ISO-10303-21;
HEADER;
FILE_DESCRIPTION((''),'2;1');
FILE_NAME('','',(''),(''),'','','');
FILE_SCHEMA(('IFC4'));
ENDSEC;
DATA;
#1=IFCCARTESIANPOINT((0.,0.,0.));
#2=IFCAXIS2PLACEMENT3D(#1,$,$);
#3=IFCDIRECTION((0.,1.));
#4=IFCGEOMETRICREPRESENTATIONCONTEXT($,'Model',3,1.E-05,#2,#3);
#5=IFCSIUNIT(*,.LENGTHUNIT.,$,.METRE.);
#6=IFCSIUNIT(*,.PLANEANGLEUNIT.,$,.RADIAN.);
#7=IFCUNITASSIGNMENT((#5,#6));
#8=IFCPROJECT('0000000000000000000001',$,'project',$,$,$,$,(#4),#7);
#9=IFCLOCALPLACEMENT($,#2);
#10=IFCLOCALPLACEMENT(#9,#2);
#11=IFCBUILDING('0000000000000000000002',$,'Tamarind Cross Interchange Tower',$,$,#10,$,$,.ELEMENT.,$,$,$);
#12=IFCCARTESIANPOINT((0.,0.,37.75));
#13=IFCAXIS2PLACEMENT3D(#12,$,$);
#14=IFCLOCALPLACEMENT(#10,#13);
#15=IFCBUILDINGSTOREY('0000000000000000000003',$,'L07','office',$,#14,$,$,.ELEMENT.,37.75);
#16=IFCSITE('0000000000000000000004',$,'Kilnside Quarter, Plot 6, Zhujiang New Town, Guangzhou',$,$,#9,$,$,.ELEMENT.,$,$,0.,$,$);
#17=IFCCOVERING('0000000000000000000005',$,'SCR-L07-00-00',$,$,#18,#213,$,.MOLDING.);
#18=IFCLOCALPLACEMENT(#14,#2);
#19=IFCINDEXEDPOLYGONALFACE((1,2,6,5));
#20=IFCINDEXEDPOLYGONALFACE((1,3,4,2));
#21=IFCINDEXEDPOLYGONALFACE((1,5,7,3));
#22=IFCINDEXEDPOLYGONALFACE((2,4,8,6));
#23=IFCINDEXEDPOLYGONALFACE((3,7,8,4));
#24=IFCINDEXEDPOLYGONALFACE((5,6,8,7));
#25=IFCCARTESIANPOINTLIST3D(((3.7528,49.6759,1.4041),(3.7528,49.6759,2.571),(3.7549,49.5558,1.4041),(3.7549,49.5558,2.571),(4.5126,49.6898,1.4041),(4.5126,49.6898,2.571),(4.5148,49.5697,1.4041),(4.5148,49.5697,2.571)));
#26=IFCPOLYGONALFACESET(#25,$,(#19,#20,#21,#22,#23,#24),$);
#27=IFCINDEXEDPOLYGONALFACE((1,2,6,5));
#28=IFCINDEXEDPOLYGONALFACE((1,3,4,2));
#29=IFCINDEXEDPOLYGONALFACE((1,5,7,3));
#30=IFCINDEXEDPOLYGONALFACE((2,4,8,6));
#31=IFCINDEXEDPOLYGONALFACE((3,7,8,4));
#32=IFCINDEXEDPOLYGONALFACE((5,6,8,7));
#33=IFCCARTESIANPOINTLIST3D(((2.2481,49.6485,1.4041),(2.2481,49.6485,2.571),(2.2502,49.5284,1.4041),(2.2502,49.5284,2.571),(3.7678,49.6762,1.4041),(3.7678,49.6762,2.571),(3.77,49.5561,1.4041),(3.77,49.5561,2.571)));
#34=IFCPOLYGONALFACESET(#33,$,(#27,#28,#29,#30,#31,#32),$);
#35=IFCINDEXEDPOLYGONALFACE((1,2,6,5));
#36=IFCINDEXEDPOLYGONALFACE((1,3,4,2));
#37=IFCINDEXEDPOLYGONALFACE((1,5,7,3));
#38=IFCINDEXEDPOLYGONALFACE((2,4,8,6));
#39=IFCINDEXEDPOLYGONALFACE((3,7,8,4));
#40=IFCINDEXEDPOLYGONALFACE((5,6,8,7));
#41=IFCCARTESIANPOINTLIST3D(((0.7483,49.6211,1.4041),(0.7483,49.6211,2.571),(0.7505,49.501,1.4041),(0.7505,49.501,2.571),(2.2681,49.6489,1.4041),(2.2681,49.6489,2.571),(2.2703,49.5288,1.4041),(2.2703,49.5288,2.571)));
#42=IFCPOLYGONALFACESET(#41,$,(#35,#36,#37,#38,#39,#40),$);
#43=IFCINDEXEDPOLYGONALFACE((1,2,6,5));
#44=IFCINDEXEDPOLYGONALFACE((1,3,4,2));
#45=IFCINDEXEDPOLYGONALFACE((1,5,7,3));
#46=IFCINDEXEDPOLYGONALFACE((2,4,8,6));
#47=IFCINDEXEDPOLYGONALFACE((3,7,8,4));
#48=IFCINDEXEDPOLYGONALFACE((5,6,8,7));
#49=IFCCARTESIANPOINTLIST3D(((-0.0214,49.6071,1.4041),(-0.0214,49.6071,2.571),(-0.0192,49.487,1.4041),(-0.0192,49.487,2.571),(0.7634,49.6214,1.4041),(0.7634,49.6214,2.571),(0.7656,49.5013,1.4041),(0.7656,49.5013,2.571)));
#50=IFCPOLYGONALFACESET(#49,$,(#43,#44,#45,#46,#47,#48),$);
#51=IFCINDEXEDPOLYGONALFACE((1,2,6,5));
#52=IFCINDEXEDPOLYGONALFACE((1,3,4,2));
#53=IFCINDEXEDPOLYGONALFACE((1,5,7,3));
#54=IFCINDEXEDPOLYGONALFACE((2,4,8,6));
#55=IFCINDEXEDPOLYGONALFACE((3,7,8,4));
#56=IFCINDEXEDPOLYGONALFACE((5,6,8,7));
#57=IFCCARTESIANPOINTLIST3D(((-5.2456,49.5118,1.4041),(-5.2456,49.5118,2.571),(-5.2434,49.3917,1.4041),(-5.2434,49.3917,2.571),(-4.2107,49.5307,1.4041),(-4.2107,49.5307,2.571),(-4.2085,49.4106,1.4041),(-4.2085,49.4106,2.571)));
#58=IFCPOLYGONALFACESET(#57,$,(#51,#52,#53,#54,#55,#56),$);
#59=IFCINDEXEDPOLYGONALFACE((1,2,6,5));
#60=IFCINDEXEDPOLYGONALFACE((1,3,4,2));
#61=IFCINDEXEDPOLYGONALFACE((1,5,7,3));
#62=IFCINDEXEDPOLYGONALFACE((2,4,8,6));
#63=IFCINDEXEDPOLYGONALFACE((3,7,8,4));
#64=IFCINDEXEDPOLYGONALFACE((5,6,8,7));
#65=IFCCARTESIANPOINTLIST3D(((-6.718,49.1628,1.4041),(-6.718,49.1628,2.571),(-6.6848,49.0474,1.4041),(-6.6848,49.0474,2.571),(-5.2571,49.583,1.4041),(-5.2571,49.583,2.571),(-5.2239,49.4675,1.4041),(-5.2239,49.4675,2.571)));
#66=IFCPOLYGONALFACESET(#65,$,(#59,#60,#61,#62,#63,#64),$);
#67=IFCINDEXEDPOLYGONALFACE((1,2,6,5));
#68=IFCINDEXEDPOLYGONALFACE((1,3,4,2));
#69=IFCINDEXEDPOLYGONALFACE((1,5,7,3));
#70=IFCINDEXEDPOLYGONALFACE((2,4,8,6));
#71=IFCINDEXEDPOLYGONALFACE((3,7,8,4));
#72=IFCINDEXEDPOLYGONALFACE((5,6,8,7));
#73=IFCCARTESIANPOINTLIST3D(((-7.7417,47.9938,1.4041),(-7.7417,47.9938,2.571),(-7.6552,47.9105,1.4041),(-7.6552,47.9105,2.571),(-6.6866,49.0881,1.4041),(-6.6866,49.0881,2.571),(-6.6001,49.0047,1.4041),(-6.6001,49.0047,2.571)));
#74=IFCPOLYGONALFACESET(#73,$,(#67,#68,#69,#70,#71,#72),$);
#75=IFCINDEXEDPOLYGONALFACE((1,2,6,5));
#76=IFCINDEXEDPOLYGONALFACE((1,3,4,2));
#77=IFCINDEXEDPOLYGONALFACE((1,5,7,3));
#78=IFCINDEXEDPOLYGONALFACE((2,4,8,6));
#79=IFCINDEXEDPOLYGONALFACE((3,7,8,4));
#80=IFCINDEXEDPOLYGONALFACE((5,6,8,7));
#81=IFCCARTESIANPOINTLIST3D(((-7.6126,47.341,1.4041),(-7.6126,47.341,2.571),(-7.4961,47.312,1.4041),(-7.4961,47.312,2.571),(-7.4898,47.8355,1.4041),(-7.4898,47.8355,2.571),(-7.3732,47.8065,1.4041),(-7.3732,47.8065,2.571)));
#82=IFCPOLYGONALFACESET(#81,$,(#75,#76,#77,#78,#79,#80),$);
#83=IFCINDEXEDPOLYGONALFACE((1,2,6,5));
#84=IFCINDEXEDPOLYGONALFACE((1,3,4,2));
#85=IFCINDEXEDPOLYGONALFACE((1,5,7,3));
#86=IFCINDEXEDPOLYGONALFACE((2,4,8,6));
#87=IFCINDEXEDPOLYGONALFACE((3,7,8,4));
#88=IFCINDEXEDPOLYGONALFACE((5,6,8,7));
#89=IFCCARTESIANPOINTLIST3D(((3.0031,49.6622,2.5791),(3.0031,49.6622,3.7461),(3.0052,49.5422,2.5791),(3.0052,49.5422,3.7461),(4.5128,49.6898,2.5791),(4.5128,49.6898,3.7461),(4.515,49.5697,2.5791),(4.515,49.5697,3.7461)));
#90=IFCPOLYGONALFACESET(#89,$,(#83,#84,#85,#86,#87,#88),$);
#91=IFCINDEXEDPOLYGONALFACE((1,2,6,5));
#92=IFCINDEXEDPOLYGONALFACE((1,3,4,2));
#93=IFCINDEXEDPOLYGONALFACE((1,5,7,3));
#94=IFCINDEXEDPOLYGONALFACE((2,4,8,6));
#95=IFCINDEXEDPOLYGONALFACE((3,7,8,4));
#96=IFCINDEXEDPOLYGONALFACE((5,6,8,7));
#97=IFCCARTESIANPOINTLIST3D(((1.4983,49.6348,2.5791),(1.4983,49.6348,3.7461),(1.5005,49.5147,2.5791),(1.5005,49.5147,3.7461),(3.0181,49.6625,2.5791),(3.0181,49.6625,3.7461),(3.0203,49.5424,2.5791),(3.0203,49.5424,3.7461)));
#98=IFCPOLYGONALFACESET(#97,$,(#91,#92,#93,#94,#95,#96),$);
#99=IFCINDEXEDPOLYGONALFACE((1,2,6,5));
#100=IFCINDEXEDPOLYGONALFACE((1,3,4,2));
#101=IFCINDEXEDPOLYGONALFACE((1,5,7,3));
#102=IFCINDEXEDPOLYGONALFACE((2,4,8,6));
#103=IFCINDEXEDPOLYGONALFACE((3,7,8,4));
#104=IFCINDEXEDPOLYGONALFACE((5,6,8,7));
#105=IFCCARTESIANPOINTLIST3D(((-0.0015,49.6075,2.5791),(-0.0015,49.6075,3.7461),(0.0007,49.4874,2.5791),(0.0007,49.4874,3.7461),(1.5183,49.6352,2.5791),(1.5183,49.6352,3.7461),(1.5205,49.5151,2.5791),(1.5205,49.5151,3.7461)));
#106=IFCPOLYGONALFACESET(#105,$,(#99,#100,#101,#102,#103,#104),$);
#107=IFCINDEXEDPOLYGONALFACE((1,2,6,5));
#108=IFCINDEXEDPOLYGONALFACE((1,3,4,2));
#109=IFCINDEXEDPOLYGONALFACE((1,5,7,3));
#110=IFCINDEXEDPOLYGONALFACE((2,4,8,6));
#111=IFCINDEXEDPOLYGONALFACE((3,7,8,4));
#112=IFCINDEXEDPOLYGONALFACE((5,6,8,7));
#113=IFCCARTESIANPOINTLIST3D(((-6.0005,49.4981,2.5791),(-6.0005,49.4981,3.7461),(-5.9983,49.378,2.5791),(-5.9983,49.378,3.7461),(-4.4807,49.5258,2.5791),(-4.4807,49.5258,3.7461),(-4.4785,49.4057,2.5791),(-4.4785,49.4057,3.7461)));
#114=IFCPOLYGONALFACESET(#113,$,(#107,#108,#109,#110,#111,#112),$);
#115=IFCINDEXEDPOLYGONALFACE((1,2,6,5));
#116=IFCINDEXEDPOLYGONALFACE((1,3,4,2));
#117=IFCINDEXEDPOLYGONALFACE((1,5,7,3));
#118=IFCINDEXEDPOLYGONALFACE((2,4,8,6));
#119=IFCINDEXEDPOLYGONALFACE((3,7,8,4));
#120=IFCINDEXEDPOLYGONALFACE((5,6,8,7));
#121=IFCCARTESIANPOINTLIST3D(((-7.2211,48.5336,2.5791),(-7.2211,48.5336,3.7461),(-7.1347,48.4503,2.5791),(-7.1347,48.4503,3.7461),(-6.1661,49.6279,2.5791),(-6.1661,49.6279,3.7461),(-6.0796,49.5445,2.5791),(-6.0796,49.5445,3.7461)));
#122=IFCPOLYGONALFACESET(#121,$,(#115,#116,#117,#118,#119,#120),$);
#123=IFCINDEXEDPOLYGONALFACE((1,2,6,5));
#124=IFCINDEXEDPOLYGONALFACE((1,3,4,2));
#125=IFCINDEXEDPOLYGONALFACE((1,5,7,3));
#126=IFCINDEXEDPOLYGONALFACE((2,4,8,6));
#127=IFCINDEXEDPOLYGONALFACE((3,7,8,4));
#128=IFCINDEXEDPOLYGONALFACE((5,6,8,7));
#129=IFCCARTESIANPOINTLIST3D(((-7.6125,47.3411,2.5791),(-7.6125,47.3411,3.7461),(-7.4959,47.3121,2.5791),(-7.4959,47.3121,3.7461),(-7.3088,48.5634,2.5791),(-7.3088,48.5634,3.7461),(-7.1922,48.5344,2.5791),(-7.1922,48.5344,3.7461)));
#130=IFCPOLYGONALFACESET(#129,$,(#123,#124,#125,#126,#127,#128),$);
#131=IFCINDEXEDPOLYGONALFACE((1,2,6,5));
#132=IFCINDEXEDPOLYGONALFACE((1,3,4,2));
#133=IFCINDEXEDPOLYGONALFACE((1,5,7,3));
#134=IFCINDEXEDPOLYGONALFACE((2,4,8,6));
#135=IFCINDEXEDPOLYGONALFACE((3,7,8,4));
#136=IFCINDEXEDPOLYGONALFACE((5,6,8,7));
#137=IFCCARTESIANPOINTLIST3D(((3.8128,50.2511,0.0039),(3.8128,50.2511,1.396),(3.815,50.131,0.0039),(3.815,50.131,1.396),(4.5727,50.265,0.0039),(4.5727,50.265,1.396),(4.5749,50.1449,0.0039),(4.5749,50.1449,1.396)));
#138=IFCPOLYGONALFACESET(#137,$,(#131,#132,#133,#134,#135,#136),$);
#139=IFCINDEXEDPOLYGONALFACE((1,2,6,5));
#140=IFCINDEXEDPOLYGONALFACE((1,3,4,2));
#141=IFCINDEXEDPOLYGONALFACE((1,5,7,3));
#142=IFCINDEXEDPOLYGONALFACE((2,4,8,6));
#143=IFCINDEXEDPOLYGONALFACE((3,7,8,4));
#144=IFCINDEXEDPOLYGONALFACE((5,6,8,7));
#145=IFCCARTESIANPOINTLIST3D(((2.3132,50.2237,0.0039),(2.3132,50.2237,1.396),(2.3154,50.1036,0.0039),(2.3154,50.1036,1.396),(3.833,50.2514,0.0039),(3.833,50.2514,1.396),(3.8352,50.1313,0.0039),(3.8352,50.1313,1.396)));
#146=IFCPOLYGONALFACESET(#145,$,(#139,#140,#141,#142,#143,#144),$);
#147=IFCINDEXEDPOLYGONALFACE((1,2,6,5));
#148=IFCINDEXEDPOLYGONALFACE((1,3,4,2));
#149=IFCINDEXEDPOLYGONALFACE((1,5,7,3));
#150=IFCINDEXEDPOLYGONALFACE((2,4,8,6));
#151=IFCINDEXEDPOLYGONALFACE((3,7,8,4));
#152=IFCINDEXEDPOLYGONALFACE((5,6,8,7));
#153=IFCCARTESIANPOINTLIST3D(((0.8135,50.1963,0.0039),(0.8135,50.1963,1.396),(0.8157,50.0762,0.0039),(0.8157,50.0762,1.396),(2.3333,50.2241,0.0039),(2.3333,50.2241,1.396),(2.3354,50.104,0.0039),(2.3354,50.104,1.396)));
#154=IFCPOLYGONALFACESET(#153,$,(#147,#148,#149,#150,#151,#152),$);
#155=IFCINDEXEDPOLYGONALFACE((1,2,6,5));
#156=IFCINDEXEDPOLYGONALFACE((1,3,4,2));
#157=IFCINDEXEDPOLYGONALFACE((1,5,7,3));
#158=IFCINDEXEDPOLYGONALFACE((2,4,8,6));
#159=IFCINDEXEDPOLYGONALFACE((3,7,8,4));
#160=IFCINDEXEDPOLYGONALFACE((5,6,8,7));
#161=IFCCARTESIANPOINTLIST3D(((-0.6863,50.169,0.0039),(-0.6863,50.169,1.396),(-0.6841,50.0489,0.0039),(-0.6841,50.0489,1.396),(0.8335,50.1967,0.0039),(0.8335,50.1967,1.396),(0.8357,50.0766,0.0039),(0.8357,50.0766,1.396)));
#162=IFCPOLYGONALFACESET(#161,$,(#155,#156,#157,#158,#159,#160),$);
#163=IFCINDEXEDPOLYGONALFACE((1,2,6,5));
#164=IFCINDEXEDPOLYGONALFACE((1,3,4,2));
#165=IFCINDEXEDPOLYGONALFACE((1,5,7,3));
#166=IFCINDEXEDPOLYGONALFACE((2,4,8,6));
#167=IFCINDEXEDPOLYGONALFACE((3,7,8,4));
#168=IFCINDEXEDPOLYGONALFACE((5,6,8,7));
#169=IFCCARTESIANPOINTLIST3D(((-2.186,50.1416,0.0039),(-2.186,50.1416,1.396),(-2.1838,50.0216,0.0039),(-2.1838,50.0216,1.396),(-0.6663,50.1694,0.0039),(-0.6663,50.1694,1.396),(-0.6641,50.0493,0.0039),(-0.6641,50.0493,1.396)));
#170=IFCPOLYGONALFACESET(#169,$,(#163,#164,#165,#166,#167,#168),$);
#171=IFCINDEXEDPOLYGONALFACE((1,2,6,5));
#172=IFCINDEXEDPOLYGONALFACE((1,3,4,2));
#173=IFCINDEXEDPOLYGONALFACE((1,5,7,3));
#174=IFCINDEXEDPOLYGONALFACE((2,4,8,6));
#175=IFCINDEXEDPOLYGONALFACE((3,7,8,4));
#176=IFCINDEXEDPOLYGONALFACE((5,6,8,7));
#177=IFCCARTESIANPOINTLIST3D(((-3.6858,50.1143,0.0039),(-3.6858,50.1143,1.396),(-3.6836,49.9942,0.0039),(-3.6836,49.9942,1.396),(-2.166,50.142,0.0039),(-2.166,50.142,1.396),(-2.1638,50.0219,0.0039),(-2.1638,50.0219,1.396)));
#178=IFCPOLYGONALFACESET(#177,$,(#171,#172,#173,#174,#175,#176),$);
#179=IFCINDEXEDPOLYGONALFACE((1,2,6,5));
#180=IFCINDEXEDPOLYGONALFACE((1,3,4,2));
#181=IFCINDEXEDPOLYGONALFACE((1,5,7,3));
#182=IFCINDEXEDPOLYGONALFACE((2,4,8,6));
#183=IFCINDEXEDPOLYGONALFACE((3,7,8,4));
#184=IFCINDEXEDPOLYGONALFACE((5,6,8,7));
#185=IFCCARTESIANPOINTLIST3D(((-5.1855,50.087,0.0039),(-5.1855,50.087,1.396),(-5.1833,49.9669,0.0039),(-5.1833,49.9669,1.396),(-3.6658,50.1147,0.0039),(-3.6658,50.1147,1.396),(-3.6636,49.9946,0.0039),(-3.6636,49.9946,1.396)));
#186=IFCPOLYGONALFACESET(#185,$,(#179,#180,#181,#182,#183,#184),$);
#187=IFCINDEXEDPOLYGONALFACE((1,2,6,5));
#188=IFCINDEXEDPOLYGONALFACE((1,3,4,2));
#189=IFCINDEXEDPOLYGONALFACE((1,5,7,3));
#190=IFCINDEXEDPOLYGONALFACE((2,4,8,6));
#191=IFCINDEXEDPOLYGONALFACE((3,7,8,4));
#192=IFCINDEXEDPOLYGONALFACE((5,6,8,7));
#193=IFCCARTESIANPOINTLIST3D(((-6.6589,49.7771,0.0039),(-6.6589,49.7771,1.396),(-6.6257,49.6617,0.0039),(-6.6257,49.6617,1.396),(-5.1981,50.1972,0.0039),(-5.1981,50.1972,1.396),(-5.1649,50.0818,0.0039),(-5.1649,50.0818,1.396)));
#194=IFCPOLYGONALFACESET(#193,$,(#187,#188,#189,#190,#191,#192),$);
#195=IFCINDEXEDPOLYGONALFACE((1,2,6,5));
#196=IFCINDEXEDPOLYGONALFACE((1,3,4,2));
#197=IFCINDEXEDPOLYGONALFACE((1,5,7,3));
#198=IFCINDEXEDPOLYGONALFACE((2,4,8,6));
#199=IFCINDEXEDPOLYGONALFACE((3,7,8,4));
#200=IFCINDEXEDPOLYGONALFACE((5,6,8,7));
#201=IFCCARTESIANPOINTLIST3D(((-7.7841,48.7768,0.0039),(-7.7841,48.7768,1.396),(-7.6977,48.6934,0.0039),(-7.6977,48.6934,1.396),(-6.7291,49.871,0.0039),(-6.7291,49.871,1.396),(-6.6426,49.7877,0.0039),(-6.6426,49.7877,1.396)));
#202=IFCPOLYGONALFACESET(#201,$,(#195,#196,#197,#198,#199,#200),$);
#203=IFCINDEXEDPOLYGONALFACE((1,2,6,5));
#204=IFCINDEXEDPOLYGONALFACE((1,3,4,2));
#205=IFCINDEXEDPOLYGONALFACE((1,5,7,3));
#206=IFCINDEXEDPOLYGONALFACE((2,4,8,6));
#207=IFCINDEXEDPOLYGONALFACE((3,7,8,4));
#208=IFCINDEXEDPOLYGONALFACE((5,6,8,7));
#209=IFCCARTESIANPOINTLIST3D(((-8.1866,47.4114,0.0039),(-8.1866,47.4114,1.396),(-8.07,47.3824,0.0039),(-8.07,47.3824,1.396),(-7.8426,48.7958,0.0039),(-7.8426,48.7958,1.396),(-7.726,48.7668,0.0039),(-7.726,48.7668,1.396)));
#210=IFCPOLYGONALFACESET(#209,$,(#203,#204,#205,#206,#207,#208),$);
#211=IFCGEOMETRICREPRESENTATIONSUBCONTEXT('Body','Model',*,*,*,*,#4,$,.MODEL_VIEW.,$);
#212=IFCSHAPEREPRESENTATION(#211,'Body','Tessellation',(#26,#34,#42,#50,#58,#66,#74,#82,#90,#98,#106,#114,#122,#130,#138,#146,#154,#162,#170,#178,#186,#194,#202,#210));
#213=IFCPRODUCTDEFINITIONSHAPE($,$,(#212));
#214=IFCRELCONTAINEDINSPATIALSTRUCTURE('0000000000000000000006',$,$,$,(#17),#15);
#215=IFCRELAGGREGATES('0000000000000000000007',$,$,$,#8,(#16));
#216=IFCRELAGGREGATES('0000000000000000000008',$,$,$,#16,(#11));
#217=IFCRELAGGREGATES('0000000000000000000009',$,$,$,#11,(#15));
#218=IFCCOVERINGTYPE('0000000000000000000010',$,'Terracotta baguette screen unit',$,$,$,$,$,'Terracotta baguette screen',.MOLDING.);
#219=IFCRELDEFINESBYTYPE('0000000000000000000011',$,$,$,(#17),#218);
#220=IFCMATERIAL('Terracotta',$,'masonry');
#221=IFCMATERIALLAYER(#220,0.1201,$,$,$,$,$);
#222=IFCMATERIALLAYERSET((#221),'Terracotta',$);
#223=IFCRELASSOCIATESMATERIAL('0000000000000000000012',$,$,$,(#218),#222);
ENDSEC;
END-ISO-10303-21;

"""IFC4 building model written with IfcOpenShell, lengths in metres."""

from ifc_helpers import new_model, si_unit, direction, frame, origin, origin_2d, place, context, subcontext, project, spatial, rectangle, extrude, material, layer, layer_set, type_object, element, save


model = new_model("IFC4")

# Units and contexts
model_context = context("Model", 3, precision=1e-05, world=origin(), true_north=direction((0.0, 1.0)))
body_context = subcontext(model_context, "Body", "Model", "MODEL_VIEW")
ifc_project = project(units=[si_unit("LENGTHUNIT", "METRE"), si_unit("PLANEANGLEUNIT", "RADIAN")], contexts=[model_context])

# Site, building, storey
site_placement = place(None, origin())
site = spatial("IfcSite", under=ifc_project, at=site_placement, Name="Kilnside Quarter, Plot 6, Zhujiang New Town, Guangzhou", CompositionType="ELEMENT", RefElevation=0.0)
building_placement = place(site_placement, origin())
building = spatial("IfcBuilding", under=site, at=building_placement, Name="Tamarind Cross Interchange Tower", CompositionType="ELEMENT")
storey_placement = place(building_placement, frame((0.0, 0.0, 37.75)))
storey = spatial("IfcBuildingStorey", under=building, at=storey_placement, Name="L07", Description="office", CompositionType="ELEMENT", Elevation=37.75)

# Covering
ifc_material_1 = material(Name="Terracotta", Category="masonry")
ifc_layer_1 = layer(ifc_material_1, 0.1201)
ifc_layer_set_1 = layer_set([ifc_layer_1], Name="Terracotta")
covering_type = type_object("IfcCoveringType", Name="Terracotta baguette screen unit", ElementType="Terracotta baguette screen", PredefinedType="MOLDING", material=ifc_layer_set_1)
covering_1_placement = place(storey_placement, origin())
element("IfcCovering", 1, at=covering_1_placement, inside=storey, type_object=covering_type, Name="SCR-L07-00-00", PredefinedType="MOLDING", context=body_context, shape_type="SweptSolid", body=[
    extrude(rectangle(XDim=0.76, YDim=0.1201, at=origin_2d()), frame((4.1338, 49.6228, 1.4041), z_axis=(0.0, 0.0, 1.0), x_axis=(-0.999834, -0.018234, 0.0)), (0.0, 0.0, 1.0), 1.167),
    extrude(rectangle(XDim=1.52, YDim=0.1201, at=origin_2d()), frame((3.009, 49.6023, 1.4041), z_axis=(0.0, 0.0, 1.0), x_axis=(-0.999834, -0.018234, 0.0)), (0.0, 0.0, 1.0), 1.167),
    extrude(rectangle(XDim=1.52, YDim=0.1201, at=origin_2d()), frame((1.5093, 49.575, 1.4041), z_axis=(0.0, 0.0, 1.0), x_axis=(-0.999834, -0.018234, 0.0)), (0.0, 0.0, 1.0), 1.167),
    extrude(rectangle(XDim=0.7849, YDim=0.1201, at=origin_2d()), frame((0.3721, 49.5542, 1.4041), z_axis=(0.0, 0.0, 1.0), x_axis=(-0.999834, -0.018234, 0.0)), (0.0, 0.0, 1.0), 1.167),
    extrude(rectangle(XDim=1.0352, YDim=0.1201, at=origin_2d()), frame((-4.7271, 49.4612, 1.4041), z_axis=(0.0, 0.0, 1.0), x_axis=(-0.999834, -0.018234, 0.0)), (0.0, 0.0, 1.0), 1.167),
    extrude(rectangle(XDim=1.52, YDim=0.1201, at=origin_2d()), frame((-5.9709, 49.3152, 1.4041), z_axis=(0.0, 0.0, 1.0), x_axis=(-0.961046, -0.276389, 0.0)), (0.0, 0.0, 1.0), 1.167),
    extrude(rectangle(XDim=1.52, YDim=0.1201, at=origin_2d()), frame((-7.1709, 48.4993, 1.4041), z_axis=(0.0, 0.0, 1.0), x_axis=(-0.694096, -0.719883, 0.0)), (0.0, 0.0, 1.0), 1.167),
    extrude(rectangle(XDim=0.5095, YDim=0.1201, at=origin_2d()), frame((-7.4929, 47.5737, 1.4041), z_axis=(0.0, 0.0, 1.0), x_axis=(-0.241163, -0.970485, 0.0)), (0.0, 0.0, 1.0), 1.167),
    extrude(rectangle(XDim=1.51, YDim=0.1201, at=origin_2d()), frame((3.759, 49.616, 2.5791), z_axis=(0.0, 0.0, 1.0), x_axis=(-0.999834, -0.018234, 0.0)), (0.0, 0.0, 1.0), 1.167),
    extrude(rectangle(XDim=1.52, YDim=0.1201, at=origin_2d()), frame((2.2593, 49.5886, 2.5791), z_axis=(0.0, 0.0, 1.0), x_axis=(-0.999834, -0.018234, 0.0)), (0.0, 0.0, 1.0), 1.167),
    extrude(rectangle(XDim=1.52, YDim=0.1201, at=origin_2d()), frame((0.7595, 49.5613, 2.5791), z_axis=(0.0, 0.0, 1.0), x_axis=(-0.999834, -0.018234, 0.0)), (0.0, 0.0, 1.0), 1.167),
    extrude(rectangle(XDim=1.52, YDim=0.1201, at=origin_2d()), frame((-5.2395, 49.4519, 2.5791), z_axis=(0.0, 0.0, 1.0), x_axis=(-0.999834, -0.018234, 0.0)), (0.0, 0.0, 1.0), 1.167),
    extrude(rectangle(XDim=1.52, YDim=0.1201, at=origin_2d()), frame((-6.6504, 49.0391, 2.5791), z_axis=(0.0, 0.0, 1.0), x_axis=(-0.694096, -0.719883, 0.0)), (0.0, 0.0, 1.0), 1.167),
    extrude(rectangle(XDim=1.2595, YDim=0.1201, at=origin_2d()), frame((-7.4023, 47.9377, 2.5791), z_axis=(0.0, 0.0, 1.0), x_axis=(-0.241163, -0.970485, 0.0)), (0.0, 0.0, 1.0), 1.167),
    extrude(rectangle(XDim=0.76, YDim=0.1201, at=origin_2d()), frame((4.1938, 50.198, 0.0039), z_axis=(0.0, 0.0, 1.0), x_axis=(-0.999834, -0.018234, 0.0)), (0.0, 0.0, 1.0), 1.3921),
    extrude(rectangle(XDim=1.52, YDim=0.1201, at=origin_2d()), frame((3.0742, 50.1775, 0.0039), z_axis=(0.0, 0.0, 1.0), x_axis=(-0.999834, -0.018234, 0.0)), (0.0, 0.0, 1.0), 1.3921),
    extrude(rectangle(XDim=1.52, YDim=0.1201, at=origin_2d()), frame((1.5745, 50.1501, 0.0039), z_axis=(0.0, 0.0, 1.0), x_axis=(-0.999834, -0.018234, 0.0)), (0.0, 0.0, 1.0), 1.3921),
    extrude(rectangle(XDim=1.52, YDim=0.1201, at=origin_2d()), frame((0.0747, 50.1228, 0.0039), z_axis=(0.0, 0.0, 1.0), x_axis=(-0.999834, -0.018234, 0.0)), (0.0, 0.0, 1.0), 1.3921),
    extrude(rectangle(XDim=1.52, YDim=0.1201, at=origin_2d()), frame((-1.425, 50.0955, 0.0039), z_axis=(0.0, 0.0, 1.0), x_axis=(-0.999834, -0.018234, 0.0)), (0.0, 0.0, 1.0), 1.3921),
    extrude(rectangle(XDim=1.52, YDim=0.1201, at=origin_2d()), frame((-2.9248, 50.0681, 0.0039), z_axis=(0.0, 0.0, 1.0), x_axis=(-0.999834, -0.018234, 0.0)), (0.0, 0.0, 1.0), 1.3921),
    extrude(rectangle(XDim=1.52, YDim=0.1201, at=origin_2d()), frame((-4.4246, 50.0408, 0.0039), z_axis=(0.0, 0.0, 1.0), x_axis=(-0.999834, -0.018234, 0.0)), (0.0, 0.0, 1.0), 1.3921),
    extrude(rectangle(XDim=1.52, YDim=0.1201, at=origin_2d()), frame((-5.9119, 49.9294, 0.0039), z_axis=(0.0, 0.0, 1.0), x_axis=(-0.961046, -0.276389, 0.0)), (0.0, 0.0, 1.0), 1.3921),
    extrude(rectangle(XDim=1.52, YDim=0.1201, at=origin_2d()), frame((-7.2134, 49.2822, 0.0039), z_axis=(0.0, 0.0, 1.0), x_axis=(-0.694096, -0.719883, 0.0)), (0.0, 0.0, 1.0), 1.3921),
    extrude(rectangle(XDim=1.4265, YDim=0.1201, at=origin_2d()), frame((-7.9563, 48.0891, 0.0039), z_axis=(0.0, 0.0, 1.0), x_axis=(-0.241163, -0.970485, 0.0)), (0.0, 0.0, 1.0), 1.3921),
])

save(model, "model.ifc")
